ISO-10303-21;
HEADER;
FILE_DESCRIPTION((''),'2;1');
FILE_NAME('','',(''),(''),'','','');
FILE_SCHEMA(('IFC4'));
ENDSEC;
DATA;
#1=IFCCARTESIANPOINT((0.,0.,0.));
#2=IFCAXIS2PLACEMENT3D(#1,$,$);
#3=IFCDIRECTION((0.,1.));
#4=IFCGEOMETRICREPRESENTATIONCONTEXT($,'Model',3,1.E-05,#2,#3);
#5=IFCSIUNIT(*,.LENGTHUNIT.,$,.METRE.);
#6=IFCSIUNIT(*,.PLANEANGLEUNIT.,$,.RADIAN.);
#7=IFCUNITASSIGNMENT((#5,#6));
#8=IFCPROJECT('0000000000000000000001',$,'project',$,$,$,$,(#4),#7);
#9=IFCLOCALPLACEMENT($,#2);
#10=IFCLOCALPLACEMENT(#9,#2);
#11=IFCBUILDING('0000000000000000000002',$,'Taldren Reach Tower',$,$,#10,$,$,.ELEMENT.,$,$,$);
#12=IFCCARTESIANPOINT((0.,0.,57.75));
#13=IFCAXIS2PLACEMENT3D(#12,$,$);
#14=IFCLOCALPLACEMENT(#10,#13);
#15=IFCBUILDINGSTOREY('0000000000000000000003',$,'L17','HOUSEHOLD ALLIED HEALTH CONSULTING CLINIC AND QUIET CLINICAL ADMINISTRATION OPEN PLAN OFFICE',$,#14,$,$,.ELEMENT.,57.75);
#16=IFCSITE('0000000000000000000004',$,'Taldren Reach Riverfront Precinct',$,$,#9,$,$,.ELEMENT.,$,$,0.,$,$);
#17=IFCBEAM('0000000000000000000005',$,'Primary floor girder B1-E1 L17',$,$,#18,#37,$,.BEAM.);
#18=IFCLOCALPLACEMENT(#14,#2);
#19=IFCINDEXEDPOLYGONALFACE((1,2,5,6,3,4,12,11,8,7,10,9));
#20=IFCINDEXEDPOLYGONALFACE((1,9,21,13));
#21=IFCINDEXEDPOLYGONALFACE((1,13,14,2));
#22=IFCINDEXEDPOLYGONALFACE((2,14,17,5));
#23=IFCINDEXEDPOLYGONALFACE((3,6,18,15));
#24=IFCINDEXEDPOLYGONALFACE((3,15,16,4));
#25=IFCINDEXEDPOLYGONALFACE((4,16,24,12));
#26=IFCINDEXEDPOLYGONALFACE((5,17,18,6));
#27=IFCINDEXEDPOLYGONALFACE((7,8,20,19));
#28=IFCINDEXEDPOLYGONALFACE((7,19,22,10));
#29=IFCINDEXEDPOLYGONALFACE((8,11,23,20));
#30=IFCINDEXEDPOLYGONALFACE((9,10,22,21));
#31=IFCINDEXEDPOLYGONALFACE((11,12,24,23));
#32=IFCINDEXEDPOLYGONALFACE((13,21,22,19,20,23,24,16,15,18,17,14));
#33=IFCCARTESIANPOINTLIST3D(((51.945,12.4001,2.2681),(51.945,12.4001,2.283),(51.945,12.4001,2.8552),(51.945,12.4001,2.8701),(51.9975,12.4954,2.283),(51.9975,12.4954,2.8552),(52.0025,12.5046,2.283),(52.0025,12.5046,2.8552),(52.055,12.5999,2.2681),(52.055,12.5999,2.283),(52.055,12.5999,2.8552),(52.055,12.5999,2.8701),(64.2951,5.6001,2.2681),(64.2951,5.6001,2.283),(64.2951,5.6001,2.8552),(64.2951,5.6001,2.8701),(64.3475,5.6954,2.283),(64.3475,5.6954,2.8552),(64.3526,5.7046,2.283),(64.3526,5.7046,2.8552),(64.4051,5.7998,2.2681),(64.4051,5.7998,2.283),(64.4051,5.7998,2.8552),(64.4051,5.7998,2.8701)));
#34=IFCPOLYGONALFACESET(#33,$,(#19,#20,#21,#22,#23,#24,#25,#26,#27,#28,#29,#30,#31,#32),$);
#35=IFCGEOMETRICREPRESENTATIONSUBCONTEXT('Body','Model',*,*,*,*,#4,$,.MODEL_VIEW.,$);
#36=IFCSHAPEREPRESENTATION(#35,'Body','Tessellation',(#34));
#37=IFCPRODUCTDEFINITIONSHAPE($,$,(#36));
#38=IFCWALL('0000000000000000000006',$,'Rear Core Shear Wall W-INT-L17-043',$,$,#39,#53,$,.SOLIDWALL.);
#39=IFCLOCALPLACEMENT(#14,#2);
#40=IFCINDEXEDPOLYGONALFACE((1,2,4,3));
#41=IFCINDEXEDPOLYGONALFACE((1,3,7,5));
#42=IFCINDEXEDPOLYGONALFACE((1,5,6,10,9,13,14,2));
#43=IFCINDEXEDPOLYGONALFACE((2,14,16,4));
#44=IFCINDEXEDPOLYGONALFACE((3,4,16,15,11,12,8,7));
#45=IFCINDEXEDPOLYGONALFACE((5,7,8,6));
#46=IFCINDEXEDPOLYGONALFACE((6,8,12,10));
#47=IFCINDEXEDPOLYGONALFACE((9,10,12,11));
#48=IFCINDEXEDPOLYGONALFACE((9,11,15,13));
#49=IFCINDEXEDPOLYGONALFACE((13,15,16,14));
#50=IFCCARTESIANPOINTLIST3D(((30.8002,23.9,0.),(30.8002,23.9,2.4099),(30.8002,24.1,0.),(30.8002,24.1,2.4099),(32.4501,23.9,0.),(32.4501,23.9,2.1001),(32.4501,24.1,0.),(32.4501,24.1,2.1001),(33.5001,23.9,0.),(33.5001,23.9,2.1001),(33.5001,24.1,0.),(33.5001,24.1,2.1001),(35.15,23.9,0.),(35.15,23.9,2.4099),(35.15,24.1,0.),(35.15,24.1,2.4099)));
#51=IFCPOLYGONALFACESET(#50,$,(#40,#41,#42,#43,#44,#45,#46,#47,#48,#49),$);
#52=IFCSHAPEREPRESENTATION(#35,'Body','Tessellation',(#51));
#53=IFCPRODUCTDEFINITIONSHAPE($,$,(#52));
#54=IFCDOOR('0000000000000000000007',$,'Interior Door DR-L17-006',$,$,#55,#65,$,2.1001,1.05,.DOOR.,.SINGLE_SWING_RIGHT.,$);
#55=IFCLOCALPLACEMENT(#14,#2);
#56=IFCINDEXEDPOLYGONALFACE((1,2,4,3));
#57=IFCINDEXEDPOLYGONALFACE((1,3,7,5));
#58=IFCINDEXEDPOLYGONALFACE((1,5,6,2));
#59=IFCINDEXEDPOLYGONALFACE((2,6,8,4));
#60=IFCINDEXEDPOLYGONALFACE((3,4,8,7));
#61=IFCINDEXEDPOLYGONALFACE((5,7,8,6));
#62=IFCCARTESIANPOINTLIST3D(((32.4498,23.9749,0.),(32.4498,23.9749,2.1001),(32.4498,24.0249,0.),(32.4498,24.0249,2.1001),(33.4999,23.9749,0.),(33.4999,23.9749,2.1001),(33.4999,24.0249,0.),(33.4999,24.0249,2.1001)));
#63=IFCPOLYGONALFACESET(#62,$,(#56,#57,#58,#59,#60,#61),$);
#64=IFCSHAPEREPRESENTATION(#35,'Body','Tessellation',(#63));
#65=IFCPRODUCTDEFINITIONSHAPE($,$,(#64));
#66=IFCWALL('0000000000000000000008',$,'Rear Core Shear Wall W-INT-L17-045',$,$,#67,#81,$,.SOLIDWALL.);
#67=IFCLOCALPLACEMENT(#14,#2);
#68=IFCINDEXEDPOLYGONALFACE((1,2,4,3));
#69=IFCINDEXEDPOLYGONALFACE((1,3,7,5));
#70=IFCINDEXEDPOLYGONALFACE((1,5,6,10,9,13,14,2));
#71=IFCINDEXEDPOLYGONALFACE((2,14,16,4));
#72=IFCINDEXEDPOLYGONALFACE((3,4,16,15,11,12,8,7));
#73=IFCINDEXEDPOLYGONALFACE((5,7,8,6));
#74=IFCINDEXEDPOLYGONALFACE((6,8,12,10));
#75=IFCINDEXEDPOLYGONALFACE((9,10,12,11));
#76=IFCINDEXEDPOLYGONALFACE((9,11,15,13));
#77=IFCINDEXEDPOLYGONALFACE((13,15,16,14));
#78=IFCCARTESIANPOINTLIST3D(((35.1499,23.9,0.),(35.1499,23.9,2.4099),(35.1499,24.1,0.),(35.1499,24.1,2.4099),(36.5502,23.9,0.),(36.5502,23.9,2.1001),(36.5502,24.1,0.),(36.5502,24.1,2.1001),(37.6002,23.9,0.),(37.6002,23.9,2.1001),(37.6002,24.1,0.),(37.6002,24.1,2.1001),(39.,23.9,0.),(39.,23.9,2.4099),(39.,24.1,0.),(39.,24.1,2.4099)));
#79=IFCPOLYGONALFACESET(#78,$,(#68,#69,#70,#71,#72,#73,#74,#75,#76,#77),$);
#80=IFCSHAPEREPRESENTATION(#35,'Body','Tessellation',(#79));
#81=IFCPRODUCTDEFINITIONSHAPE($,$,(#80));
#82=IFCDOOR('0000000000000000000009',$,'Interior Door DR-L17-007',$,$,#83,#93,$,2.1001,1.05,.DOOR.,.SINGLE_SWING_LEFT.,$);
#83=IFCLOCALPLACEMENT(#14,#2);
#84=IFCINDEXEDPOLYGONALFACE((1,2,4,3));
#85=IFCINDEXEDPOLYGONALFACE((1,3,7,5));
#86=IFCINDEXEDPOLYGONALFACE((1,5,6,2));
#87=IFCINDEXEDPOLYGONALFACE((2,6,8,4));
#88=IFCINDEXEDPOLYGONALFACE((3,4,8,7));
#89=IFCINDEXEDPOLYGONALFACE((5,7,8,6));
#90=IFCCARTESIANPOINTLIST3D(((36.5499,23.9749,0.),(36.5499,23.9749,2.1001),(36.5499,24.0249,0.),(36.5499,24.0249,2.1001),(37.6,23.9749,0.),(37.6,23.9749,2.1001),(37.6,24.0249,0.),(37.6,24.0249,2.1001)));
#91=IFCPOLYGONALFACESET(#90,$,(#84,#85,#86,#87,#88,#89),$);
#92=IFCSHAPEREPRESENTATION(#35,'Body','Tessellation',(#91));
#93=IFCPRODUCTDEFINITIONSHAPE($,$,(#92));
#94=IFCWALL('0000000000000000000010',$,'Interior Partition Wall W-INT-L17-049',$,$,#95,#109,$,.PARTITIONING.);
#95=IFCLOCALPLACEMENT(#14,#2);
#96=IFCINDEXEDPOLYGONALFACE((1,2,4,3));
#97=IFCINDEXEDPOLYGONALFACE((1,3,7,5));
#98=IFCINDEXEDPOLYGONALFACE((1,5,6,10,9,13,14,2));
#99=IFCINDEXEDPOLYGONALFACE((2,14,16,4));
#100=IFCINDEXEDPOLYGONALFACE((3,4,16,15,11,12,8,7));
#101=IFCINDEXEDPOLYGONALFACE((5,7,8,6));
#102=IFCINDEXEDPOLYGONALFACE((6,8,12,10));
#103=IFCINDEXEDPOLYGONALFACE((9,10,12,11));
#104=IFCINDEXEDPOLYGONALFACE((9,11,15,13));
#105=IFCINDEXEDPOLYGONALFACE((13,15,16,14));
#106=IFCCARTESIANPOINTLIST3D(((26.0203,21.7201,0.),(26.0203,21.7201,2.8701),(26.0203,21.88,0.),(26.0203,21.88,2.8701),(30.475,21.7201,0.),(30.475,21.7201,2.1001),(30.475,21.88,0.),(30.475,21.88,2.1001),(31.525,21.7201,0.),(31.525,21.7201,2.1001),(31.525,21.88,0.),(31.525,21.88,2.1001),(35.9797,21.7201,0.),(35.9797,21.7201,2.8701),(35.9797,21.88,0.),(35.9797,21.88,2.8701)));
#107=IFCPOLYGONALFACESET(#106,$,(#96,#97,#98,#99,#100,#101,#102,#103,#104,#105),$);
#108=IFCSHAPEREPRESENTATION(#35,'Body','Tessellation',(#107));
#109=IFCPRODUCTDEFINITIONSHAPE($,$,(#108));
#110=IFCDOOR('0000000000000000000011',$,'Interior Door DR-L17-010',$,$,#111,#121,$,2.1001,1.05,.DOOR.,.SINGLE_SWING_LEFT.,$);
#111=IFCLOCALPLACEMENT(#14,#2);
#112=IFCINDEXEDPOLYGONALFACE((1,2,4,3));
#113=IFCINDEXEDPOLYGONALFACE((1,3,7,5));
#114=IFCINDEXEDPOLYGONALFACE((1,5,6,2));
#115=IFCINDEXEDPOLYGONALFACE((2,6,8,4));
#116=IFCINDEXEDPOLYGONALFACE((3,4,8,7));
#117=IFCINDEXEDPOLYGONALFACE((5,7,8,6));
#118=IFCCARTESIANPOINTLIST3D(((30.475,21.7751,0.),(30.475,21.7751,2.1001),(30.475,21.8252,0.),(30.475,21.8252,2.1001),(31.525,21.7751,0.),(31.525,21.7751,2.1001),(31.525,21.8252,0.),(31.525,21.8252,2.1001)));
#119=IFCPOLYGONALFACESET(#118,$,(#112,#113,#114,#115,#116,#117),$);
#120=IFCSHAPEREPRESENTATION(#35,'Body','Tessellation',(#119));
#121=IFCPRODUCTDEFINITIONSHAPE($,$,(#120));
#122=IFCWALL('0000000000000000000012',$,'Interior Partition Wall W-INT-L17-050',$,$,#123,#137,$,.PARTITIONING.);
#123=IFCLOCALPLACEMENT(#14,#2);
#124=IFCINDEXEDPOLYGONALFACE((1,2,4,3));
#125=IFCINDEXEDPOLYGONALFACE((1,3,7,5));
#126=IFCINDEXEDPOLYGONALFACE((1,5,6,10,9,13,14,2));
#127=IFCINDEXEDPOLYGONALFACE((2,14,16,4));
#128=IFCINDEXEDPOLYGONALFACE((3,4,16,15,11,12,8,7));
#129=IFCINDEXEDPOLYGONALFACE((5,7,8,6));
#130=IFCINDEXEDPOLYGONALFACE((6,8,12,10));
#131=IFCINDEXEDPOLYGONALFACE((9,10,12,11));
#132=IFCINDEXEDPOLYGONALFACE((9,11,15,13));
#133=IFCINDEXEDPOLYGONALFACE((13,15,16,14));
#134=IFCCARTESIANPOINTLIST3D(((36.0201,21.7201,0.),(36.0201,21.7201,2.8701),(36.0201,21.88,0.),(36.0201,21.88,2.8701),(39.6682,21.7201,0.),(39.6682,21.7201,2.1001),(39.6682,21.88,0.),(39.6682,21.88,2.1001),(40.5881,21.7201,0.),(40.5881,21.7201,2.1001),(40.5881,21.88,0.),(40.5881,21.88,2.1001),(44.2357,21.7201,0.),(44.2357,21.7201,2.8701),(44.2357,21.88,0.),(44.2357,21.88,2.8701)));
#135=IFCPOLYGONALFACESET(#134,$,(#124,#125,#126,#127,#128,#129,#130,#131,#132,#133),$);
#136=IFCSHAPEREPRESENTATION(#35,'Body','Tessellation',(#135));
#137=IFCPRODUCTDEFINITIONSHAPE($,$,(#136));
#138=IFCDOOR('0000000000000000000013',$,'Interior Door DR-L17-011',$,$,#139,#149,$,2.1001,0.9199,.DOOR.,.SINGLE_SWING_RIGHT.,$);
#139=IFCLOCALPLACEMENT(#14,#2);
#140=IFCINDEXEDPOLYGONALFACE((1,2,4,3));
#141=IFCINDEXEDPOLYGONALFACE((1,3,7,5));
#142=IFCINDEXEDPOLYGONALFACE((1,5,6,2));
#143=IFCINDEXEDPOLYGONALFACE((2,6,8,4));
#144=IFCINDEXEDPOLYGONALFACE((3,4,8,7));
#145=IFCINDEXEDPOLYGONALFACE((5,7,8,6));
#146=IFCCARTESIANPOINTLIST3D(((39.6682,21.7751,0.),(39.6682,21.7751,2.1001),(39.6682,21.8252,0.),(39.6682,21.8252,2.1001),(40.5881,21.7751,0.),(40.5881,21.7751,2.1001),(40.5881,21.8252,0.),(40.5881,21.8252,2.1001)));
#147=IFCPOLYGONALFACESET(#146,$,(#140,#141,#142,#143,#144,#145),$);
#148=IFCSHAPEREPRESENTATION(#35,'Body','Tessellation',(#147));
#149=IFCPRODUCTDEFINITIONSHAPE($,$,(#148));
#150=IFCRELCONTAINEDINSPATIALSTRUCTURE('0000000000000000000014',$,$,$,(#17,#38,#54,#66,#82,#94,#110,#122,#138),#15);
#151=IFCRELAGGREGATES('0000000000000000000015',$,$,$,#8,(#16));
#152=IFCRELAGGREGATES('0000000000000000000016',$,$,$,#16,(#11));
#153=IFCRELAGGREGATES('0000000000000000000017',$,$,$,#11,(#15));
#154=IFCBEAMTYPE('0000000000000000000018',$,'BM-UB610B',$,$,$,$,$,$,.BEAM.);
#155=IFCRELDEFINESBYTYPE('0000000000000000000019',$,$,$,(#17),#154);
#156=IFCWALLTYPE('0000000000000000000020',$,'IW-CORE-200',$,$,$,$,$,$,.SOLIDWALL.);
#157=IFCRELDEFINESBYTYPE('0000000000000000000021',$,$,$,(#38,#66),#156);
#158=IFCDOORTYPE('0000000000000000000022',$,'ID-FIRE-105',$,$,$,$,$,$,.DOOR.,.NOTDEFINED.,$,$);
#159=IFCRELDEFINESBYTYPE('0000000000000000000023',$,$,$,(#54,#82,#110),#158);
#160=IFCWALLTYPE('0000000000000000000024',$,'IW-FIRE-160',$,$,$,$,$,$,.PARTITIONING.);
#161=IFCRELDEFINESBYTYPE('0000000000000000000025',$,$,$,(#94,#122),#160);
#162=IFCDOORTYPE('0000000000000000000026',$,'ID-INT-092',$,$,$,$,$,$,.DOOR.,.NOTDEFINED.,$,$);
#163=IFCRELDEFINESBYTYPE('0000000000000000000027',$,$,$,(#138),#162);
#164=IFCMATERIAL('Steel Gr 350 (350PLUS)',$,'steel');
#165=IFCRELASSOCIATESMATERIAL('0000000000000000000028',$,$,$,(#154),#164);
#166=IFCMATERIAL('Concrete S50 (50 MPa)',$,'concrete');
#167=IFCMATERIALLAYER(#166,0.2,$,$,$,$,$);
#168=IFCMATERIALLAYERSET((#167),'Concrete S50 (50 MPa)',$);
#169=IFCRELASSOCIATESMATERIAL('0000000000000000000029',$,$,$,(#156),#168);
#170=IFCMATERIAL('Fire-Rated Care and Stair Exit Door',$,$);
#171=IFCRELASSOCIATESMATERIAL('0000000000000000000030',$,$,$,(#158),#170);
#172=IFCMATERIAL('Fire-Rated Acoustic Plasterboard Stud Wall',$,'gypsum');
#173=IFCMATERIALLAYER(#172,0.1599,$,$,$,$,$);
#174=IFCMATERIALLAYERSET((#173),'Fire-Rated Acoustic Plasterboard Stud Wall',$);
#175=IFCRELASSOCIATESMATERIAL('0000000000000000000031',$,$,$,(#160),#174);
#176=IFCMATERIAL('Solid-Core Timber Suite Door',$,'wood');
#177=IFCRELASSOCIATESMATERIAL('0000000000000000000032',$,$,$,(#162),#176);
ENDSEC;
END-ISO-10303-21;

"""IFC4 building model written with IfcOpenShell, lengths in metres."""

from ifc_helpers import new_model, si_unit, direction, frame, frame_2d, origin, origin_2d, place, context, subcontext, project, spatial, rectangle, i_section, extrude, source, transform, mapped, material, layer, layer_set, material_profile, profile_set, type_object, element, fill, save


model = new_model("IFC4")

# Units and contexts
model_context = context("Model", 3, precision=1e-05, world=origin(), true_north=direction((0.0, 1.0)))
body_context = subcontext(model_context, "Body", "Model", "MODEL_VIEW")
ifc_project = project(units=[si_unit("LENGTHUNIT", "METRE"), si_unit("PLANEANGLEUNIT", "RADIAN")], contexts=[model_context])

# Site, building, storey
site_placement = place(None, origin())
site = spatial("IfcSite", under=ifc_project, at=site_placement, Name="Taldren Reach Riverfront Precinct", CompositionType="ELEMENT", RefElevation=0.0)
building_placement = place(site_placement, origin())
building = spatial("IfcBuilding", under=site, at=building_placement, Name="Taldren Reach Tower", CompositionType="ELEMENT")
storey_placement = place(building_placement, frame((0.0, 0.0, 57.75)))
storey = spatial("IfcBuildingStorey", under=building, at=storey_placement, Name="L17", Description="HOUSEHOLD ALLIED HEALTH CONSULTING CLINIC AND QUIET CLINICAL ADMINISTRATION OPEN PLAN OFFICE", CompositionType="ELEMENT", Elevation=57.75)

# Shared definitions
ifc_material_1 = material(Name="Steel Gr 350 (350PLUS)", Category="steel")

# Beam
ifc_material_profile_1 = material_profile(ifc_material_1, i_section(OverallWidth=0.228, OverallDepth=0.6021, WebThickness=0.0105, FlangeThickness=0.0149, at=origin_2d()), Name="610UB101")
ifc_profile_set_1 = profile_set([ifc_material_profile_1], Name="Steel Gr 350 (350PLUS)")
beam_type_1 = type_object("IfcBeamType", Name="BM-UB610B", PredefinedType="BEAM", material=ifc_profile_set_1)
shared_shape_1 = source(origin(), body_context, "Body", "SweptSolid", [
    extrude(i_section(OverallWidth=0.228, OverallDepth=0.6021, WebThickness=0.0105, FlangeThickness=0.0149, at=origin_2d()), origin(), (0.0, 0.0, 1.0), 14.0984),
])
beam_1_placement = place(storey_placement, frame((52.0, 12.5, 2.5691), z_axis=(0.875991, -0.482327, 0.0), x_axis=(0.482327, 0.875991, 0.0)))
element("IfcBeam", 1, at=beam_1_placement, inside=storey, type_object=beam_type_1, Name="Primary floor girder B1-E1 L17", PredefinedType="BEAM", context=body_context, shape_type="MappedRepresentation", body=[
    mapped(shared_shape_1, transform((0.0, 0.0, 0.0), scale=1.0)),
])

# Walls, openings, doors
ifc_material_2 = material(Name="Concrete S50 (50 MPa)", Category="concrete")
ifc_layer_1 = layer(ifc_material_2, 0.2)
ifc_layer_set_1 = layer_set([ifc_layer_1], Name="Concrete S50 (50 MPa)")
wall_type_1 = type_object("IfcWallType", Name="IW-CORE-200", PredefinedType="SOLIDWALL", material=ifc_layer_set_1)
shared_shape_2 = source(origin(), body_context, "Body", "SweptSolid", [
    extrude(rectangle(XDim=4.3499, YDim=0.2, at=frame_2d((2.1748, 0.0))), origin(), (0.0, 0.0, 1.0), 2.4099),
])
wall_1_placement = place(storey_placement, frame((35.1499, 24.0, 0.0), z_axis=(0.0, 0.0, 1.0), x_axis=(-1.0, 0.0, 0.0)))
wall_1 = element("IfcWall", 2, at=wall_1_placement, inside=storey, type_object=wall_type_1, Name="Rear Core Shear Wall W-INT-L17-043", PredefinedType="SOLIDWALL", context=body_context, shape_type="MappedRepresentation", body=[
    mapped(shared_shape_2, transform((0.0, 0.0, 0.0), scale=1.0)),
])
shared_shape_3 = source(origin(), body_context, "Body", "SweptSolid", [
    extrude(rectangle(XDim=1.05, YDim=2.1001, at=frame_2d((0.5249, 1.05))), frame((0.0, 0.1099, 0.0), z_axis=(0.0, -1.0, 0.0), x_axis=(1.0, 0.0, 0.0)), (0.0, 0.0, 1.0), 0.22),
])
opening_1_placement = place(wall_1_placement, frame((1.6499, 0.0, 0.0)))
opening_1 = element("IfcOpeningElement", 3, at=opening_1_placement, cuts=wall_1, PredefinedType="OPENING", context=body_context, shape_type="MappedRepresentation", body=[
    mapped(shared_shape_3, transform((0.0, 0.0, 0.0), scale=1.0)),
])
ifc_material_3 = material(Name="Fire-Rated Care and Stair Exit Door")
door_type_1 = type_object("IfcDoorType", Name="ID-FIRE-105", OperationType="NOTDEFINED", PredefinedType="DOOR", material=ifc_material_3)
shared_shape_4 = source(origin(), body_context, "Body", "SweptSolid", [
    extrude(rectangle(XDim=1.05, YDim=2.1001, at=frame_2d((0.5249, 1.05))), frame((0.0, 0.0249, 0.0), z_axis=(0.0, -1.0, 0.0), x_axis=(1.0, 0.0, 0.0)), (0.0, 0.0, 1.0), 0.05),
])
door_1_placement = place(opening_1_placement, frame((1.05, 0.0, 0.0), z_axis=(0.0, 0.0, 1.0), x_axis=(-1.0, 0.0, 0.0)))
door_1 = element("IfcDoor", 4, at=door_1_placement, inside=storey, type_object=door_type_1, Name="Interior Door DR-L17-006", OperationType="SINGLE_SWING_RIGHT", OverallHeight=2.1001, OverallWidth=1.05, PredefinedType="DOOR", context=body_context, shape_type="MappedRepresentation", body=[
    mapped(shared_shape_4, transform((0.0, 0.0, 0.0), scale=1.0)),
])
fill(opening_1, door_1)
shared_shape_5 = source(origin(), body_context, "Body", "SweptSolid", [
    extrude(rectangle(XDim=3.8501, YDim=0.2, at=frame_2d((1.925, 0.0))), origin(), (0.0, 0.0, 1.0), 2.4099),
])
wall_2_placement = place(storey_placement, frame((39.0, 24.0, 0.0), z_axis=(0.0, 0.0, 1.0), x_axis=(-1.0, 0.0, 0.0)))
wall_2 = element("IfcWall", 5, at=wall_2_placement, inside=storey, type_object=wall_type_1, Name="Rear Core Shear Wall W-INT-L17-045", PredefinedType="SOLIDWALL", context=body_context, shape_type="MappedRepresentation", body=[
    mapped(shared_shape_5, transform((0.0, 0.0, 0.0), scale=1.0)),
])
opening_2_placement = place(wall_2_placement, frame((1.3999, 0.0, 0.0)))
opening_2 = element("IfcOpeningElement", 6, at=opening_2_placement, cuts=wall_2, PredefinedType="OPENING", context=body_context, shape_type="MappedRepresentation", body=[
    mapped(shared_shape_3, transform((0.0, 0.0, 0.0), scale=1.0)),
])
door_2_placement = place(opening_2_placement, frame((1.05, 0.0, 0.0), z_axis=(0.0, 0.0, 1.0), x_axis=(-1.0, 0.0, 0.0)))
door_2 = element("IfcDoor", 7, at=door_2_placement, inside=storey, type_object=door_type_1, Name="Interior Door DR-L17-007", OperationType="SINGLE_SWING_LEFT", OverallHeight=2.1001, OverallWidth=1.05, PredefinedType="DOOR", context=body_context, shape_type="MappedRepresentation", body=[
    mapped(shared_shape_4, transform((0.0, 0.0, 0.0), scale=1.0)),
])
fill(opening_2, door_2)
ifc_material_4 = material(Name="Fire-Rated Acoustic Plasterboard Stud Wall", Category="gypsum")
ifc_layer_2 = layer(ifc_material_4, 0.1599)
ifc_layer_set_2 = layer_set([ifc_layer_2], Name="Fire-Rated Acoustic Plasterboard Stud Wall")
wall_type_2 = type_object("IfcWallType", Name="IW-FIRE-160", PredefinedType="PARTITIONING", material=ifc_layer_set_2)
shared_shape_6 = source(origin(), body_context, "Body", "SweptSolid", [
    extrude(rectangle(XDim=9.9595, YDim=0.1599, at=frame_2d((4.9797, 0.0))), origin(), (0.0, 0.0, 1.0), 2.8701),
])
wall_3_placement = place(storey_placement, frame((35.9797, 21.8, 0.0), z_axis=(0.0, 0.0, 1.0), x_axis=(-1.0, 0.0, 0.0)))
wall_3 = element("IfcWall", 8, at=wall_3_placement, inside=storey, type_object=wall_type_2, Name="Interior Partition Wall W-INT-L17-049", PredefinedType="PARTITIONING", context=body_context, shape_type="MappedRepresentation", body=[
    mapped(shared_shape_6, transform((0.0, 0.0, 0.0), scale=1.0)),
])
shared_shape_7 = source(origin(), body_context, "Body", "SweptSolid", [
    extrude(rectangle(XDim=1.05, YDim=2.1001, at=frame_2d((0.5249, 1.05))), frame((0.0, 0.0898, 0.0), z_axis=(0.0, -1.0, 0.0), x_axis=(1.0, 0.0, 0.0)), (0.0, 0.0, 1.0), 0.1799),
])
opening_3_placement = place(wall_3_placement, frame((4.4548, 0.0, 0.0)))
opening_3 = element("IfcOpeningElement", 9, at=opening_3_placement, cuts=wall_3, PredefinedType="OPENING", context=body_context, shape_type="MappedRepresentation", body=[
    mapped(shared_shape_7, transform((0.0, 0.0, 0.0), scale=1.0)),
])
door_3_placement = place(opening_3_placement, origin())
door_3 = element("IfcDoor", 10, at=door_3_placement, inside=storey, type_object=door_type_1, Name="Interior Door DR-L17-010", OperationType="SINGLE_SWING_LEFT", OverallHeight=2.1001, OverallWidth=1.05, PredefinedType="DOOR", context=body_context, shape_type="MappedRepresentation", body=[
    mapped(shared_shape_4, transform((0.0, 0.0, 0.0), scale=1.0)),
])
fill(opening_3, door_3)
shared_shape_8 = source(origin(), body_context, "Body", "SweptSolid", [
    extrude(rectangle(XDim=8.2156, YDim=0.1599, at=frame_2d((4.1079, 0.0))), origin(), (0.0, 0.0, 1.0), 2.8701),
])
wall_4_placement = place(storey_placement, frame((44.2358, 21.8, 0.0), z_axis=(0.0, 0.0, 1.0), x_axis=(-1.0, 0.0, 0.0)))
wall_4 = element("IfcWall", 11, at=wall_4_placement, inside=storey, type_object=wall_type_2, Name="Interior Partition Wall W-INT-L17-050", PredefinedType="PARTITIONING", context=body_context, shape_type="MappedRepresentation", body=[
    mapped(shared_shape_8, transform((0.0, 0.0, 0.0), scale=1.0)),
])
shared_shape_9 = source(origin(), body_context, "Body", "SweptSolid", [
    extrude(rectangle(XDim=0.9199, YDim=2.1001, at=frame_2d((0.46, 1.05))), frame((0.0, 0.0898, 0.0), z_axis=(0.0, -1.0, 0.0), x_axis=(1.0, 0.0, 0.0)), (0.0, 0.0, 1.0), 0.1799),
])
opening_4_placement = place(wall_4_placement, frame((3.6477, 0.0, 0.0)))
opening_4 = element("IfcOpeningElement", 12, at=opening_4_placement, cuts=wall_4, PredefinedType="OPENING", context=body_context, shape_type="MappedRepresentation", body=[
    mapped(shared_shape_9, transform((0.0, 0.0, 0.0), scale=1.0)),
])
ifc_material_5 = material(Name="Solid-Core Timber Suite Door", Category="wood")
door_type_2 = type_object("IfcDoorType", Name="ID-INT-092", OperationType="NOTDEFINED", PredefinedType="DOOR", material=ifc_material_5)
shared_shape_10 = source(origin(), body_context, "Body", "SweptSolid", [
    extrude(rectangle(XDim=0.9199, YDim=2.1001, at=frame_2d((0.46, 1.05))), frame((0.0, 0.0249, 0.0), z_axis=(0.0, -1.0, 0.0), x_axis=(1.0, 0.0, 0.0)), (0.0, 0.0, 1.0), 0.05),
])
door_4_placement = place(opening_4_placement, origin())
door_4 = element("IfcDoor", 13, at=door_4_placement, inside=storey, type_object=door_type_2, Name="Interior Door DR-L17-011", OperationType="SINGLE_SWING_RIGHT", OverallHeight=2.1001, OverallWidth=0.9199, PredefinedType="DOOR", context=body_context, shape_type="MappedRepresentation", body=[
    mapped(shared_shape_10, transform((0.0, 0.0, 0.0), scale=1.0)),
])
fill(opening_4, door_4)

save(model, "model.ifc")
